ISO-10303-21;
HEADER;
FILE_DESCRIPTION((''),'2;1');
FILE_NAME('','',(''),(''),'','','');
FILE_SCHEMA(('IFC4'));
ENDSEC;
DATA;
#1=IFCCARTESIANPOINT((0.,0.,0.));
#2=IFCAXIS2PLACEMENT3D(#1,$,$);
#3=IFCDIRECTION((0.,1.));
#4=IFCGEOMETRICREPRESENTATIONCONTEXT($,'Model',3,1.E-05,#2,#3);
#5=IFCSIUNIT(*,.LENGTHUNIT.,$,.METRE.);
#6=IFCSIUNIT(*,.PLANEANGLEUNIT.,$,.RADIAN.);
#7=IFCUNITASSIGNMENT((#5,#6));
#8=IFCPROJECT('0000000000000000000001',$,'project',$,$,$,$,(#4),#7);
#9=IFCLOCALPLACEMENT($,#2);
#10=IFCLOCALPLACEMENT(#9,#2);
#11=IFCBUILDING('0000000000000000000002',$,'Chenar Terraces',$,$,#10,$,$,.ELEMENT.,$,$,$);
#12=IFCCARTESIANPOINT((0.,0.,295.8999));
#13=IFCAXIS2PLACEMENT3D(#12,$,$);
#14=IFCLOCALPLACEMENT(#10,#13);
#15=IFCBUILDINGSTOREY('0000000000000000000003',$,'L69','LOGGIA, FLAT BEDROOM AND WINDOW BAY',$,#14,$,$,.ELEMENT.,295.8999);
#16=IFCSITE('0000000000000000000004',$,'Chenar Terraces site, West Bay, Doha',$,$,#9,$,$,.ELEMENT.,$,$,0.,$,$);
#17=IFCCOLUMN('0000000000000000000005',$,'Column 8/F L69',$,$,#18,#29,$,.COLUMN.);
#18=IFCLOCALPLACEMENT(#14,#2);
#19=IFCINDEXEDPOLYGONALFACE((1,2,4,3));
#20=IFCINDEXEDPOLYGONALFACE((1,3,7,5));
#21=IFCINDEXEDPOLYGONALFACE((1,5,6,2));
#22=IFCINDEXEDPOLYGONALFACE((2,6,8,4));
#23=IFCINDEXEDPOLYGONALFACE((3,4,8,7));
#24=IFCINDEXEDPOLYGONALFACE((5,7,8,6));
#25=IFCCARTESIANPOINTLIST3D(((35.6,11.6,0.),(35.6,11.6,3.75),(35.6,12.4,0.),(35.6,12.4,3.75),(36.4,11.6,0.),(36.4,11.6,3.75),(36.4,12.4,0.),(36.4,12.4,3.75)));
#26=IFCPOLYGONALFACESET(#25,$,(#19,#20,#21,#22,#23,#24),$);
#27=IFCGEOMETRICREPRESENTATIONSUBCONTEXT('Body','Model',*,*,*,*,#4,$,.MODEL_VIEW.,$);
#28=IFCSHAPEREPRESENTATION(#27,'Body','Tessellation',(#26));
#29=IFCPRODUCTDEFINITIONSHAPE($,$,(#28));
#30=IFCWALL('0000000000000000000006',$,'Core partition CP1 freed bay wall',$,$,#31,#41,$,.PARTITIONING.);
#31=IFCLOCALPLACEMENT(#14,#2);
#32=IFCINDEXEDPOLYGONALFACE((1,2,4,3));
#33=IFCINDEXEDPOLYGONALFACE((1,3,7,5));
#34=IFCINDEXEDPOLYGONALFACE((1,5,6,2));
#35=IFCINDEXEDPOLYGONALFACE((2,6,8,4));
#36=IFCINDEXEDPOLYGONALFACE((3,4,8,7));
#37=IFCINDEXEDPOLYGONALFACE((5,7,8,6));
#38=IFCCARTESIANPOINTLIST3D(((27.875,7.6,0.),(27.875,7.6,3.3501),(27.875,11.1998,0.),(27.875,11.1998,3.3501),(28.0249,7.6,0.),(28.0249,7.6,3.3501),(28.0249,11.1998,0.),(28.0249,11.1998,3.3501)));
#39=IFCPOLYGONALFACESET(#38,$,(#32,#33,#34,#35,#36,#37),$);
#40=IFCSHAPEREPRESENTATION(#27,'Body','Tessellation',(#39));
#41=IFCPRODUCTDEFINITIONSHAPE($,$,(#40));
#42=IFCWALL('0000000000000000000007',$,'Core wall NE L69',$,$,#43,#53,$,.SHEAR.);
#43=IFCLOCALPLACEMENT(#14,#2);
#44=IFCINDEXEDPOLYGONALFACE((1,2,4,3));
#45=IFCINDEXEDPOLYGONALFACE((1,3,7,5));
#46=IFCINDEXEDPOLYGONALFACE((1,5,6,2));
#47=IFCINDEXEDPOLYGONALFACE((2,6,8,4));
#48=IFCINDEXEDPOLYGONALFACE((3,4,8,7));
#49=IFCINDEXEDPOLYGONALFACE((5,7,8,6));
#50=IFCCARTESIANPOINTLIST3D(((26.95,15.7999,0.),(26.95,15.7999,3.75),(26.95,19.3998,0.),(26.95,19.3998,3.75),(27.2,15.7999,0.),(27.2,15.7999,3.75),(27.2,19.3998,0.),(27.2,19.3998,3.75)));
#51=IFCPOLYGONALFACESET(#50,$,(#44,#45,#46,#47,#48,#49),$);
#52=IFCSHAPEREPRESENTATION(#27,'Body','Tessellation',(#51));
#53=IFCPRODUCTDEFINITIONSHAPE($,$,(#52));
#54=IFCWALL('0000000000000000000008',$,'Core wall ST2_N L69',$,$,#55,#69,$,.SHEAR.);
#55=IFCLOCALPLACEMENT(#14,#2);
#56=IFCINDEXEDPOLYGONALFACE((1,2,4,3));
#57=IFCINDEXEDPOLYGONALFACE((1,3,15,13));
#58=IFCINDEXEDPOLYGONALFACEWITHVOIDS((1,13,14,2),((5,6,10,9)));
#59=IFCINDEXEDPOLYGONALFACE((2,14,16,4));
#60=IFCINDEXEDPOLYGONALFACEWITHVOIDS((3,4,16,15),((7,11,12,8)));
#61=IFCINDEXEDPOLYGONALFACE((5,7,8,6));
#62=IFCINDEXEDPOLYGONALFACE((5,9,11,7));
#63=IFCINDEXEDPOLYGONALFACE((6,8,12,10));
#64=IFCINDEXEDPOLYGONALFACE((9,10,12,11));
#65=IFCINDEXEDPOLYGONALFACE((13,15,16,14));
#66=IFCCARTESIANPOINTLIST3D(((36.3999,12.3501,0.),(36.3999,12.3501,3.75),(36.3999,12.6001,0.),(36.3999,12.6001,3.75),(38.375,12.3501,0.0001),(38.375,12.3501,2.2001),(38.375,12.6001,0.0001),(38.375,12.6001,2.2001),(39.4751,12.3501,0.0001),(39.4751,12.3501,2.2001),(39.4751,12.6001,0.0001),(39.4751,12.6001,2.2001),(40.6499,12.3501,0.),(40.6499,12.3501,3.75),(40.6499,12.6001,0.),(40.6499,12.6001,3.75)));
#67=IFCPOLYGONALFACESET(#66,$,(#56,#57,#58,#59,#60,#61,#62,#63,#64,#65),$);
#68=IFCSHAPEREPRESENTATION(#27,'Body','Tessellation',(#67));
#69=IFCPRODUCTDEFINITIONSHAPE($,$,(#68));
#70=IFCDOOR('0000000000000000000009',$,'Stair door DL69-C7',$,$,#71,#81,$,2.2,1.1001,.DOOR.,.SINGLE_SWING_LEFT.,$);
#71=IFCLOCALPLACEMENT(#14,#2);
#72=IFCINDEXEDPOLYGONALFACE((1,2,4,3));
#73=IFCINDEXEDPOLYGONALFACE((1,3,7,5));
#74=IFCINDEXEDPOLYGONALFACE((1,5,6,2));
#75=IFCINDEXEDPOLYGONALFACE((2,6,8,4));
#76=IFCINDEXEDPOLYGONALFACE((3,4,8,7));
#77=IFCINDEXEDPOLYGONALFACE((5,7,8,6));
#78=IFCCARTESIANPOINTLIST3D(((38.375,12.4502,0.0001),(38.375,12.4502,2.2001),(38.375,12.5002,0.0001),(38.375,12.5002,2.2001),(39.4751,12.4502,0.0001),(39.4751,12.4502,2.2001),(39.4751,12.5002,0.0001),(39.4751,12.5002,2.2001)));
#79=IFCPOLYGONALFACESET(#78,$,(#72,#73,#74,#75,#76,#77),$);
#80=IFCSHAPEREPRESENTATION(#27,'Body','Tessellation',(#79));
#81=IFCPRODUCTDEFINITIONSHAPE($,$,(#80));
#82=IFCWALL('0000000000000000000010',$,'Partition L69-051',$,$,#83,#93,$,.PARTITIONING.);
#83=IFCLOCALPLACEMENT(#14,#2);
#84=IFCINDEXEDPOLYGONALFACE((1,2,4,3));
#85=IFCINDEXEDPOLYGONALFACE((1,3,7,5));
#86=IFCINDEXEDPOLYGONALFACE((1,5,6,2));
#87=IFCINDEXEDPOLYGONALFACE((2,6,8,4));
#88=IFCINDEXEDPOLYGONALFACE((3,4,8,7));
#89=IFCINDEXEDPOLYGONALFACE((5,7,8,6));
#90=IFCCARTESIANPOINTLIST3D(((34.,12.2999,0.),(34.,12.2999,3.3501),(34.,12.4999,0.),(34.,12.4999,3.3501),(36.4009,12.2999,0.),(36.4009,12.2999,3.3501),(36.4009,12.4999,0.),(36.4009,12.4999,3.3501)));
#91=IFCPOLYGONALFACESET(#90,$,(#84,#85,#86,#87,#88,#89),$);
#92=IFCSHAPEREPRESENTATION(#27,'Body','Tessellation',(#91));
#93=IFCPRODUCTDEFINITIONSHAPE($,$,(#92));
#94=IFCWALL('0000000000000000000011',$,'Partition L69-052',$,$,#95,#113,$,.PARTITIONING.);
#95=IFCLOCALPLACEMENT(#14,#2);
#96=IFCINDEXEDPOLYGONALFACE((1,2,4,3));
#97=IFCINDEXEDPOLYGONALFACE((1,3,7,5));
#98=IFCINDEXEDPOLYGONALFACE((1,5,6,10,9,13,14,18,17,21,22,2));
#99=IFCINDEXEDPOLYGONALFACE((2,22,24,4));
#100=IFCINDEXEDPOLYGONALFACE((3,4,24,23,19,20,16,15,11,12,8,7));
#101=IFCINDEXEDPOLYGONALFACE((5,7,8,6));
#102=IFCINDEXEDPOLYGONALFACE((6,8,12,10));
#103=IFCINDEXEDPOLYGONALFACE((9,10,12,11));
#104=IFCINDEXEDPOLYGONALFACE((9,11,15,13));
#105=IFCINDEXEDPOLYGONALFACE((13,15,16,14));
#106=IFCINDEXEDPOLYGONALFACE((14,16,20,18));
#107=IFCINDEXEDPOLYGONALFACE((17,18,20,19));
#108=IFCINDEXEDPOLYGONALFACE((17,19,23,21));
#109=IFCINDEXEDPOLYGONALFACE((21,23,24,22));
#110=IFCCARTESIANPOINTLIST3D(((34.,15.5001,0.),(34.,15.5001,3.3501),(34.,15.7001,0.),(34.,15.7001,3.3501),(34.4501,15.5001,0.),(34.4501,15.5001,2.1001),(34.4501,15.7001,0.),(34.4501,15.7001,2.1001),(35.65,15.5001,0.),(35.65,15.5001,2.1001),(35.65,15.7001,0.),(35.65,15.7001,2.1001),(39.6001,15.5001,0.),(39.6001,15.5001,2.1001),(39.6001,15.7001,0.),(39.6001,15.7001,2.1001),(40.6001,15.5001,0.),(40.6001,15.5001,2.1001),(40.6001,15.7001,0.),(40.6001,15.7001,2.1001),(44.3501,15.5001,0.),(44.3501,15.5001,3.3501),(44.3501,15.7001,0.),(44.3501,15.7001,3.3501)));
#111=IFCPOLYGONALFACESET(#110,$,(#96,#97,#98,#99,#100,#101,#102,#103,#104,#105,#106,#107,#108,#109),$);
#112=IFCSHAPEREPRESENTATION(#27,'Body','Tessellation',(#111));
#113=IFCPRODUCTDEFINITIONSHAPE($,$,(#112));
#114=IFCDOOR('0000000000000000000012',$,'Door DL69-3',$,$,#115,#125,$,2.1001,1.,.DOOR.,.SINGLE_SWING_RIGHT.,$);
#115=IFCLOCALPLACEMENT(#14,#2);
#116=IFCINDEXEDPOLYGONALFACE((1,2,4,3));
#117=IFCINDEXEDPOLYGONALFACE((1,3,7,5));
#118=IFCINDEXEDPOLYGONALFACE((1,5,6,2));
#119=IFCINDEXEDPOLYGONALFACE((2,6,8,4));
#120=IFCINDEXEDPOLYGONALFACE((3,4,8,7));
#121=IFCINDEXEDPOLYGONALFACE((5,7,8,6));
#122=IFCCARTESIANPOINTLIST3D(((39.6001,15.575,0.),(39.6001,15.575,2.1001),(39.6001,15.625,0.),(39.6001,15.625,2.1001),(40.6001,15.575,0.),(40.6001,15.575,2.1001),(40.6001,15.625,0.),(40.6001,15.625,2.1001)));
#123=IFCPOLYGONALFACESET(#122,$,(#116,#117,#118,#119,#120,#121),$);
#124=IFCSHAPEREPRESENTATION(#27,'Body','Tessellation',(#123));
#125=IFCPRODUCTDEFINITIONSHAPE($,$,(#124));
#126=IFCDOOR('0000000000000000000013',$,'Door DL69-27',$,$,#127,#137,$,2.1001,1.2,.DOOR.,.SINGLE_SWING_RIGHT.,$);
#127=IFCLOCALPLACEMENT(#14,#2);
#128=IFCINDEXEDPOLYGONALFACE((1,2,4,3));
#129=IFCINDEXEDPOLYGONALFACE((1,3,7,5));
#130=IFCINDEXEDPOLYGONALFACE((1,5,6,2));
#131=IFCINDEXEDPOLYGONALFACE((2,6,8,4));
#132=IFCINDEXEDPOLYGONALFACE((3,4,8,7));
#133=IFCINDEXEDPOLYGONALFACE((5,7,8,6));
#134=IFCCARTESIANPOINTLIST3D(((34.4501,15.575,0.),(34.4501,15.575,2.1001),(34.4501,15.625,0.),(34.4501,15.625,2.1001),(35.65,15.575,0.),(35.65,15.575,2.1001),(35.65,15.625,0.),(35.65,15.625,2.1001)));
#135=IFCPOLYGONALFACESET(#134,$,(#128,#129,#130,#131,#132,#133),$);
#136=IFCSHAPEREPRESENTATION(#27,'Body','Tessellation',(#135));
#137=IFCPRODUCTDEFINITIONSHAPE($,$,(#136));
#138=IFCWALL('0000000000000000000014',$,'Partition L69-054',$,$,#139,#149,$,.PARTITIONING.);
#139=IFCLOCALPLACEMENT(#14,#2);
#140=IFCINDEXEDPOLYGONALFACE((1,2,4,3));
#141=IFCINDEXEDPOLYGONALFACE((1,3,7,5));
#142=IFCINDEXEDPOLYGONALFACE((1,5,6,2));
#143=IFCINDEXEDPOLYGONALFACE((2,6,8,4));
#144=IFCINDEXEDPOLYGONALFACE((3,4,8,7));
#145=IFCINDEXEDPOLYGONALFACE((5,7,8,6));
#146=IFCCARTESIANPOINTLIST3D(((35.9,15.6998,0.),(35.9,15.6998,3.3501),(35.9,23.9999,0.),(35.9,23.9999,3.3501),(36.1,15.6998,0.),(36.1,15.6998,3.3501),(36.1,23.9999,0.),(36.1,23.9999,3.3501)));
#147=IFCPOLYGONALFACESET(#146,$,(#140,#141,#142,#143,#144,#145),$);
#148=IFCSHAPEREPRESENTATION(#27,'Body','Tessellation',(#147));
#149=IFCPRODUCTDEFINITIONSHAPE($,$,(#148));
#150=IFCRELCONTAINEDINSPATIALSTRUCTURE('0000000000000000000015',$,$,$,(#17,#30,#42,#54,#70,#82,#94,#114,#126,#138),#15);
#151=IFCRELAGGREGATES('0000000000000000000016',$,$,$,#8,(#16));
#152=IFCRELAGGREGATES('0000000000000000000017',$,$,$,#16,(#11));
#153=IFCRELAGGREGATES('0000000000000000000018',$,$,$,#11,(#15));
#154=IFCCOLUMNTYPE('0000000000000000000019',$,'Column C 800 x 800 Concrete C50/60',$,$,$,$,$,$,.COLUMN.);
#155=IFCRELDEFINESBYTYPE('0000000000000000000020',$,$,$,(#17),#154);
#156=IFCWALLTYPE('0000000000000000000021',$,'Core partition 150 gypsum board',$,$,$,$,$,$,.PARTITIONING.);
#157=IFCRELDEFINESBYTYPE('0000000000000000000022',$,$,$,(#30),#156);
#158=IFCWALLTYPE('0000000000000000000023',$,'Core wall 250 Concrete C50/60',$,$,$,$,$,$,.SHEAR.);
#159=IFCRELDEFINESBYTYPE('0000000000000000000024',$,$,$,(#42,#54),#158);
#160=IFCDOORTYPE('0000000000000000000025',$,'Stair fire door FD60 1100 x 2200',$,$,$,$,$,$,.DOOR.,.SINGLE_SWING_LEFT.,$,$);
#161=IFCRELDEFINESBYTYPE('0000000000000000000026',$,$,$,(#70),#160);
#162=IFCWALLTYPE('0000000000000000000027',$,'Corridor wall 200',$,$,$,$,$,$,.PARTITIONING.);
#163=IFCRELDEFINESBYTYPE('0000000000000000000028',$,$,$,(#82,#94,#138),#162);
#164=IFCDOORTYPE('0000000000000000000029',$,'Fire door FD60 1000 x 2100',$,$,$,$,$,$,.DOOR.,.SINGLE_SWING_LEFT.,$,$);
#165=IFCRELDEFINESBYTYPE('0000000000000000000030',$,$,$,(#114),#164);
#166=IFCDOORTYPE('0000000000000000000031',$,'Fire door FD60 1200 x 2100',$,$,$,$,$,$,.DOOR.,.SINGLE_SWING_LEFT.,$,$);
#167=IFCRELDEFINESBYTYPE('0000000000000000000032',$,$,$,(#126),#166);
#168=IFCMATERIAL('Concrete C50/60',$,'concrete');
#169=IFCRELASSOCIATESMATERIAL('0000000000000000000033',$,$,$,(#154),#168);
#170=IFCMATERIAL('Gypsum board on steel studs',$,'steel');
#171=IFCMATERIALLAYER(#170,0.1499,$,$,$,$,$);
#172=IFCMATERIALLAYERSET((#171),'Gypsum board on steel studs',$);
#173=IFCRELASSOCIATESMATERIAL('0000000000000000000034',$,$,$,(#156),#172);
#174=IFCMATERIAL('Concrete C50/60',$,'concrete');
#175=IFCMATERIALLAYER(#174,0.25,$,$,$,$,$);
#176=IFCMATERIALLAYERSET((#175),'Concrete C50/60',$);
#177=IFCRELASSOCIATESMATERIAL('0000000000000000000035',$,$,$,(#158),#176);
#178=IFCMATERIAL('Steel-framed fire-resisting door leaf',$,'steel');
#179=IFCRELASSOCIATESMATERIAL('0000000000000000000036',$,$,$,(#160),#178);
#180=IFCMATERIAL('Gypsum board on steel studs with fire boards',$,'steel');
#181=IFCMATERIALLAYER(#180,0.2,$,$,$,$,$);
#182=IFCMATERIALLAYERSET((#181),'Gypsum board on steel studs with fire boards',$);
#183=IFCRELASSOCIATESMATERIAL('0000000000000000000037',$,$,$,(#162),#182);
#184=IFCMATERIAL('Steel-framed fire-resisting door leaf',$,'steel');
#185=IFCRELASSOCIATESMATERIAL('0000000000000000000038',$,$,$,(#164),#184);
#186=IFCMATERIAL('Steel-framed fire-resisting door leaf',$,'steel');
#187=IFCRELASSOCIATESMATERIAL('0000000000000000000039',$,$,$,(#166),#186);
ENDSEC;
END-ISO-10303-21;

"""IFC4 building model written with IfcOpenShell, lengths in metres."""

from ifc_helpers import new_model, si_unit, direction, frame, frame_2d, origin, origin_2d, place, context, subcontext, project, spatial, rectangle, extrude, material, layer, layer_set, material_profile, profile_set, type_object, element, fill, save


model = new_model("IFC4")

# Units and contexts
model_context = context("Model", 3, precision=1e-05, world=origin(), true_north=direction((0.0, 1.0)))
body_context = subcontext(model_context, "Body", "Model", "MODEL_VIEW")
ifc_project = project(units=[si_unit("LENGTHUNIT", "METRE"), si_unit("PLANEANGLEUNIT", "RADIAN")], contexts=[model_context])

# Site, building, storey
site_placement = place(None, origin())
site = spatial("IfcSite", under=ifc_project, at=site_placement, Name="Chenar Terraces site, West Bay, Doha", CompositionType="ELEMENT", RefElevation=0.0)
building_placement = place(site_placement, origin())
building = spatial("IfcBuilding", under=site, at=building_placement, Name="Chenar Terraces", CompositionType="ELEMENT")
storey_placement = place(building_placement, frame((0.0, 0.0, 295.8999)))
storey = spatial("IfcBuildingStorey", under=building, at=storey_placement, Name="L69", Description="LOGGIA, FLAT BEDROOM AND WINDOW BAY", CompositionType="ELEMENT", Elevation=295.8999)

# Column
ifc_material_1 = material(Name="Concrete C50/60", Category="concrete")
ifc_material_profile = material_profile(ifc_material_1, rectangle(XDim=0.8, YDim=0.8, at=origin_2d()), Name="C 800 x 800")
ifc_profile_set = profile_set([ifc_material_profile], Name="Concrete C50/60")
column_type = type_object("IfcColumnType", Name="Column C 800 x 800 Concrete C50/60", PredefinedType="COLUMN", material=ifc_profile_set)
column_placement = place(storey_placement, frame((36.0, 12.0, 0.0), z_axis=(0.0, 0.0, 1.0), x_axis=(1.0, 0.0, 0.0)))
element("IfcColumn", 1, at=column_placement, inside=storey, type_object=column_type, Name="Column 8/F L69", PredefinedType="COLUMN", context=body_context, shape_type="SweptSolid", body=[
    extrude(rectangle(XDim=0.8, YDim=0.8, at=origin_2d()), origin(), (0.0, 0.0, 1.0), 3.75),
])

# Walls
ifc_material_2 = material(Name="Gypsum board on steel studs", Category="steel")
ifc_layer_1 = layer(ifc_material_2, 0.1499)
ifc_layer_set_1 = layer_set([ifc_layer_1], Name="Gypsum board on steel studs")
wall_type_1 = type_object("IfcWallType", Name="Core partition 150 gypsum board", PredefinedType="PARTITIONING", material=ifc_layer_set_1)
wall_1_placement = place(storey_placement, frame((27.95, 7.6001, 0.0), z_axis=(0.0, 0.0, 1.0), x_axis=(0.0, 1.0, 0.0)))
element("IfcWall", 2, at=wall_1_placement, inside=storey, type_object=wall_type_1, Name="Core partition CP1 freed bay wall", PredefinedType="PARTITIONING", context=body_context, shape_type="SweptSolid", body=[
    extrude(rectangle(XDim=3.5999, YDim=0.1499, at=frame_2d((1.7998, 0.0))), origin(), (0.0, 0.0, 1.0), 3.3501),
])
ifc_material_3 = material(Name="Concrete C50/60", Category="concrete")
ifc_layer_2 = layer(ifc_material_3, 0.25)
ifc_layer_set_2 = layer_set([ifc_layer_2], Name="Concrete C50/60")
wall_type_2 = type_object("IfcWallType", Name="Core wall 250 Concrete C50/60", PredefinedType="SHEAR", material=ifc_layer_set_2)
wall_2_placement = place(storey_placement, frame((27.075, 15.8, 0.0), z_axis=(0.0, 0.0, 1.0), x_axis=(0.0, 1.0, 0.0)))
element("IfcWall", 3, at=wall_2_placement, inside=storey, type_object=wall_type_2, Name="Core wall NE L69", PredefinedType="SHEAR", context=body_context, shape_type="SweptSolid", body=[
    extrude(rectangle(XDim=3.5999, YDim=0.25, at=frame_2d((1.7998, 0.0))), origin(), (0.0, 0.0, 1.0), 3.75),
])

# Wall, opening, door
wall_3_placement = place(storey_placement, frame((36.3999, 12.4751, 0.0), z_axis=(0.0, 0.0, 1.0), x_axis=(1.0, 0.0, 0.0)))
wall_3 = element("IfcWall", 4, at=wall_3_placement, inside=storey, type_object=wall_type_2, Name="Core wall ST2_N L69", PredefinedType="SHEAR", context=body_context, shape_type="SweptSolid", body=[
    extrude(rectangle(XDim=4.25, YDim=0.25, at=frame_2d((2.125, 0.0))), origin(), (0.0, 0.0, 1.0), 3.75),
])
opening_1_placement = place(wall_3_placement, frame((1.9751, 0.0, 0.0)))
opening_1 = element("IfcOpeningElement", 5, at=opening_1_placement, cuts=wall_3, PredefinedType="OPENING", context=body_context, shape_type="SweptSolid", body=[
    extrude(rectangle(XDim=1.1001, YDim=2.2, at=frame_2d((0.55, 1.1001))), frame((0.0, 0.135, 0.0), z_axis=(0.0, -1.0, 0.0), x_axis=(1.0, 0.0, 0.0)), (0.0, 0.0, 1.0), 0.27),
])
ifc_material_4 = material(Name="Steel-framed fire-resisting door leaf", Category="steel")
door_type_1 = type_object("IfcDoorType", Name="Stair fire door FD60 1100 x 2200", OperationType="SINGLE_SWING_LEFT", PredefinedType="DOOR", material=ifc_material_4)
door_1_placement = place(opening_1_placement, frame((1.1001, 0.0, 0.0), z_axis=(0.0, 0.0, 1.0), x_axis=(-1.0, 0.0, 0.0)))
door_1 = element("IfcDoor", 6, at=door_1_placement, inside=storey, type_object=door_type_1, Name="Stair door DL69-C7", OperationType="SINGLE_SWING_LEFT", OverallHeight=2.2, OverallWidth=1.1001, PredefinedType="DOOR", context=body_context, shape_type="SweptSolid", body=[
    extrude(rectangle(XDim=1.1001, YDim=2.2, at=frame_2d((0.55, 1.1001))), frame((0.0, 0.0249, 0.0), z_axis=(0.0, -1.0, 0.0), x_axis=(1.0, 0.0, 0.0)), (0.0, 0.0, 1.0), 0.05),
])
fill(opening_1, door_1)

# Wall
ifc_material_5 = material(Name="Gypsum board on steel studs with fire boards", Category="steel")
ifc_layer_3 = layer(ifc_material_5, 0.2)
ifc_layer_set_3 = layer_set([ifc_layer_3], Name="Gypsum board on steel studs with fire boards")
wall_type_3 = type_object("IfcWallType", Name="Corridor wall 200", PredefinedType="PARTITIONING", material=ifc_layer_set_3)
wall_4_placement = place(storey_placement, frame((34.0, 12.3999, 0.0), z_axis=(0.0, 0.0, 1.0), x_axis=(1.0, 0.0, 0.0)))
element("IfcWall", 7, at=wall_4_placement, inside=storey, type_object=wall_type_3, Name="Partition L69-051", PredefinedType="PARTITIONING", context=body_context, shape_type="SweptSolid", body=[
    extrude(rectangle(XDim=2.4009, YDim=0.2, at=frame_2d((1.2004, 0.0))), origin(), (0.0, 0.0, 1.0), 3.3501),
])

# Wall, openings, doors
wall_5_placement = place(storey_placement, frame((34.0, 15.6001, 0.0), z_axis=(0.0, 0.0, 1.0), x_axis=(1.0, 0.0, 0.0)))
wall_5 = element("IfcWall", 8, at=wall_5_placement, inside=storey, type_object=wall_type_3, Name="Partition L69-052", PredefinedType="PARTITIONING", context=body_context, shape_type="SweptSolid", body=[
    extrude(rectangle(XDim=10.3501, YDim=0.2, at=frame_2d((5.175, 0.0))), origin(), (0.0, 0.0, 1.0), 3.3501),
])
opening_2_placement = place(wall_5_placement, frame((5.6001, 0.0, 0.0)))
opening_2 = element("IfcOpeningElement", 9, at=opening_2_placement, cuts=wall_5, PredefinedType="OPENING", context=body_context, shape_type="SweptSolid", body=[
    extrude(rectangle(XDim=1.0, YDim=2.1001, at=frame_2d((0.5, 1.05))), frame((0.0, 0.1099, 0.0), z_axis=(0.0, -1.0, 0.0), x_axis=(1.0, 0.0, 0.0)), (0.0, 0.0, 1.0), 0.22),
])
opening_3_placement = place(wall_5_placement, frame((0.45, 0.0, 0.0)))
opening_3 = element("IfcOpeningElement", 10, at=opening_3_placement, cuts=wall_5, PredefinedType="OPENING", context=body_context, shape_type="SweptSolid", body=[
    extrude(rectangle(XDim=1.2, YDim=2.1001, at=frame_2d((0.6001, 1.05))), frame((0.0, 0.1099, 0.0), z_axis=(0.0, -1.0, 0.0), x_axis=(1.0, 0.0, 0.0)), (0.0, 0.0, 1.0), 0.22),
])
ifc_material_6 = material(Name="Steel-framed fire-resisting door leaf", Category="steel")
door_type_2 = type_object("IfcDoorType", Name="Fire door FD60 1000 x 2100", OperationType="SINGLE_SWING_LEFT", PredefinedType="DOOR", material=ifc_material_6)
door_2_placement = place(opening_2_placement, origin())
door_2 = element("IfcDoor", 11, at=door_2_placement, inside=storey, type_object=door_type_2, Name="Door DL69-3", OperationType="SINGLE_SWING_RIGHT", OverallHeight=2.1001, OverallWidth=1.0, PredefinedType="DOOR", context=body_context, shape_type="SweptSolid", body=[
    extrude(rectangle(XDim=1.0, YDim=2.1001, at=frame_2d((0.5, 1.05))), frame((0.0, 0.0249, 0.0), z_axis=(0.0, -1.0, 0.0), x_axis=(1.0, 0.0, 0.0)), (0.0, 0.0, 1.0), 0.05),
])
fill(opening_2, door_2)
ifc_material_7 = material(Name="Steel-framed fire-resisting door leaf", Category="steel")
door_type_3 = type_object("IfcDoorType", Name="Fire door FD60 1200 x 2100", OperationType="SINGLE_SWING_LEFT", PredefinedType="DOOR", material=ifc_material_7)
door_3_placement = place(opening_3_placement, origin())
door_3 = element("IfcDoor", 12, at=door_3_placement, inside=storey, type_object=door_type_3, Name="Door DL69-27", OperationType="SINGLE_SWING_RIGHT", OverallHeight=2.1001, OverallWidth=1.2, PredefinedType="DOOR", context=body_context, shape_type="SweptSolid", body=[
    extrude(rectangle(XDim=1.2, YDim=2.1001, at=frame_2d((0.6001, 1.05))), frame((0.0, 0.0249, 0.0), z_axis=(0.0, -1.0, 0.0), x_axis=(1.0, 0.0, 0.0)), (0.0, 0.0, 1.0), 0.05),
])
fill(opening_3, door_3)

# Wall
wall_6_placement = place(storey_placement, frame((36.0, 15.7, 0.0), z_axis=(0.0, 0.0, 1.0), x_axis=(0.0, 1.0, 0.0)))
element("IfcWall", 13, at=wall_6_placement, inside=storey, type_object=wall_type_3, Name="Partition L69-054", PredefinedType="PARTITIONING", context=body_context, shape_type="SweptSolid", body=[
    extrude(rectangle(XDim=8.3, YDim=0.2, at=frame_2d((4.1499, 0.0))), origin(), (0.0, 0.0, 1.0), 3.3501),
])

save(model, "model.ifc")
